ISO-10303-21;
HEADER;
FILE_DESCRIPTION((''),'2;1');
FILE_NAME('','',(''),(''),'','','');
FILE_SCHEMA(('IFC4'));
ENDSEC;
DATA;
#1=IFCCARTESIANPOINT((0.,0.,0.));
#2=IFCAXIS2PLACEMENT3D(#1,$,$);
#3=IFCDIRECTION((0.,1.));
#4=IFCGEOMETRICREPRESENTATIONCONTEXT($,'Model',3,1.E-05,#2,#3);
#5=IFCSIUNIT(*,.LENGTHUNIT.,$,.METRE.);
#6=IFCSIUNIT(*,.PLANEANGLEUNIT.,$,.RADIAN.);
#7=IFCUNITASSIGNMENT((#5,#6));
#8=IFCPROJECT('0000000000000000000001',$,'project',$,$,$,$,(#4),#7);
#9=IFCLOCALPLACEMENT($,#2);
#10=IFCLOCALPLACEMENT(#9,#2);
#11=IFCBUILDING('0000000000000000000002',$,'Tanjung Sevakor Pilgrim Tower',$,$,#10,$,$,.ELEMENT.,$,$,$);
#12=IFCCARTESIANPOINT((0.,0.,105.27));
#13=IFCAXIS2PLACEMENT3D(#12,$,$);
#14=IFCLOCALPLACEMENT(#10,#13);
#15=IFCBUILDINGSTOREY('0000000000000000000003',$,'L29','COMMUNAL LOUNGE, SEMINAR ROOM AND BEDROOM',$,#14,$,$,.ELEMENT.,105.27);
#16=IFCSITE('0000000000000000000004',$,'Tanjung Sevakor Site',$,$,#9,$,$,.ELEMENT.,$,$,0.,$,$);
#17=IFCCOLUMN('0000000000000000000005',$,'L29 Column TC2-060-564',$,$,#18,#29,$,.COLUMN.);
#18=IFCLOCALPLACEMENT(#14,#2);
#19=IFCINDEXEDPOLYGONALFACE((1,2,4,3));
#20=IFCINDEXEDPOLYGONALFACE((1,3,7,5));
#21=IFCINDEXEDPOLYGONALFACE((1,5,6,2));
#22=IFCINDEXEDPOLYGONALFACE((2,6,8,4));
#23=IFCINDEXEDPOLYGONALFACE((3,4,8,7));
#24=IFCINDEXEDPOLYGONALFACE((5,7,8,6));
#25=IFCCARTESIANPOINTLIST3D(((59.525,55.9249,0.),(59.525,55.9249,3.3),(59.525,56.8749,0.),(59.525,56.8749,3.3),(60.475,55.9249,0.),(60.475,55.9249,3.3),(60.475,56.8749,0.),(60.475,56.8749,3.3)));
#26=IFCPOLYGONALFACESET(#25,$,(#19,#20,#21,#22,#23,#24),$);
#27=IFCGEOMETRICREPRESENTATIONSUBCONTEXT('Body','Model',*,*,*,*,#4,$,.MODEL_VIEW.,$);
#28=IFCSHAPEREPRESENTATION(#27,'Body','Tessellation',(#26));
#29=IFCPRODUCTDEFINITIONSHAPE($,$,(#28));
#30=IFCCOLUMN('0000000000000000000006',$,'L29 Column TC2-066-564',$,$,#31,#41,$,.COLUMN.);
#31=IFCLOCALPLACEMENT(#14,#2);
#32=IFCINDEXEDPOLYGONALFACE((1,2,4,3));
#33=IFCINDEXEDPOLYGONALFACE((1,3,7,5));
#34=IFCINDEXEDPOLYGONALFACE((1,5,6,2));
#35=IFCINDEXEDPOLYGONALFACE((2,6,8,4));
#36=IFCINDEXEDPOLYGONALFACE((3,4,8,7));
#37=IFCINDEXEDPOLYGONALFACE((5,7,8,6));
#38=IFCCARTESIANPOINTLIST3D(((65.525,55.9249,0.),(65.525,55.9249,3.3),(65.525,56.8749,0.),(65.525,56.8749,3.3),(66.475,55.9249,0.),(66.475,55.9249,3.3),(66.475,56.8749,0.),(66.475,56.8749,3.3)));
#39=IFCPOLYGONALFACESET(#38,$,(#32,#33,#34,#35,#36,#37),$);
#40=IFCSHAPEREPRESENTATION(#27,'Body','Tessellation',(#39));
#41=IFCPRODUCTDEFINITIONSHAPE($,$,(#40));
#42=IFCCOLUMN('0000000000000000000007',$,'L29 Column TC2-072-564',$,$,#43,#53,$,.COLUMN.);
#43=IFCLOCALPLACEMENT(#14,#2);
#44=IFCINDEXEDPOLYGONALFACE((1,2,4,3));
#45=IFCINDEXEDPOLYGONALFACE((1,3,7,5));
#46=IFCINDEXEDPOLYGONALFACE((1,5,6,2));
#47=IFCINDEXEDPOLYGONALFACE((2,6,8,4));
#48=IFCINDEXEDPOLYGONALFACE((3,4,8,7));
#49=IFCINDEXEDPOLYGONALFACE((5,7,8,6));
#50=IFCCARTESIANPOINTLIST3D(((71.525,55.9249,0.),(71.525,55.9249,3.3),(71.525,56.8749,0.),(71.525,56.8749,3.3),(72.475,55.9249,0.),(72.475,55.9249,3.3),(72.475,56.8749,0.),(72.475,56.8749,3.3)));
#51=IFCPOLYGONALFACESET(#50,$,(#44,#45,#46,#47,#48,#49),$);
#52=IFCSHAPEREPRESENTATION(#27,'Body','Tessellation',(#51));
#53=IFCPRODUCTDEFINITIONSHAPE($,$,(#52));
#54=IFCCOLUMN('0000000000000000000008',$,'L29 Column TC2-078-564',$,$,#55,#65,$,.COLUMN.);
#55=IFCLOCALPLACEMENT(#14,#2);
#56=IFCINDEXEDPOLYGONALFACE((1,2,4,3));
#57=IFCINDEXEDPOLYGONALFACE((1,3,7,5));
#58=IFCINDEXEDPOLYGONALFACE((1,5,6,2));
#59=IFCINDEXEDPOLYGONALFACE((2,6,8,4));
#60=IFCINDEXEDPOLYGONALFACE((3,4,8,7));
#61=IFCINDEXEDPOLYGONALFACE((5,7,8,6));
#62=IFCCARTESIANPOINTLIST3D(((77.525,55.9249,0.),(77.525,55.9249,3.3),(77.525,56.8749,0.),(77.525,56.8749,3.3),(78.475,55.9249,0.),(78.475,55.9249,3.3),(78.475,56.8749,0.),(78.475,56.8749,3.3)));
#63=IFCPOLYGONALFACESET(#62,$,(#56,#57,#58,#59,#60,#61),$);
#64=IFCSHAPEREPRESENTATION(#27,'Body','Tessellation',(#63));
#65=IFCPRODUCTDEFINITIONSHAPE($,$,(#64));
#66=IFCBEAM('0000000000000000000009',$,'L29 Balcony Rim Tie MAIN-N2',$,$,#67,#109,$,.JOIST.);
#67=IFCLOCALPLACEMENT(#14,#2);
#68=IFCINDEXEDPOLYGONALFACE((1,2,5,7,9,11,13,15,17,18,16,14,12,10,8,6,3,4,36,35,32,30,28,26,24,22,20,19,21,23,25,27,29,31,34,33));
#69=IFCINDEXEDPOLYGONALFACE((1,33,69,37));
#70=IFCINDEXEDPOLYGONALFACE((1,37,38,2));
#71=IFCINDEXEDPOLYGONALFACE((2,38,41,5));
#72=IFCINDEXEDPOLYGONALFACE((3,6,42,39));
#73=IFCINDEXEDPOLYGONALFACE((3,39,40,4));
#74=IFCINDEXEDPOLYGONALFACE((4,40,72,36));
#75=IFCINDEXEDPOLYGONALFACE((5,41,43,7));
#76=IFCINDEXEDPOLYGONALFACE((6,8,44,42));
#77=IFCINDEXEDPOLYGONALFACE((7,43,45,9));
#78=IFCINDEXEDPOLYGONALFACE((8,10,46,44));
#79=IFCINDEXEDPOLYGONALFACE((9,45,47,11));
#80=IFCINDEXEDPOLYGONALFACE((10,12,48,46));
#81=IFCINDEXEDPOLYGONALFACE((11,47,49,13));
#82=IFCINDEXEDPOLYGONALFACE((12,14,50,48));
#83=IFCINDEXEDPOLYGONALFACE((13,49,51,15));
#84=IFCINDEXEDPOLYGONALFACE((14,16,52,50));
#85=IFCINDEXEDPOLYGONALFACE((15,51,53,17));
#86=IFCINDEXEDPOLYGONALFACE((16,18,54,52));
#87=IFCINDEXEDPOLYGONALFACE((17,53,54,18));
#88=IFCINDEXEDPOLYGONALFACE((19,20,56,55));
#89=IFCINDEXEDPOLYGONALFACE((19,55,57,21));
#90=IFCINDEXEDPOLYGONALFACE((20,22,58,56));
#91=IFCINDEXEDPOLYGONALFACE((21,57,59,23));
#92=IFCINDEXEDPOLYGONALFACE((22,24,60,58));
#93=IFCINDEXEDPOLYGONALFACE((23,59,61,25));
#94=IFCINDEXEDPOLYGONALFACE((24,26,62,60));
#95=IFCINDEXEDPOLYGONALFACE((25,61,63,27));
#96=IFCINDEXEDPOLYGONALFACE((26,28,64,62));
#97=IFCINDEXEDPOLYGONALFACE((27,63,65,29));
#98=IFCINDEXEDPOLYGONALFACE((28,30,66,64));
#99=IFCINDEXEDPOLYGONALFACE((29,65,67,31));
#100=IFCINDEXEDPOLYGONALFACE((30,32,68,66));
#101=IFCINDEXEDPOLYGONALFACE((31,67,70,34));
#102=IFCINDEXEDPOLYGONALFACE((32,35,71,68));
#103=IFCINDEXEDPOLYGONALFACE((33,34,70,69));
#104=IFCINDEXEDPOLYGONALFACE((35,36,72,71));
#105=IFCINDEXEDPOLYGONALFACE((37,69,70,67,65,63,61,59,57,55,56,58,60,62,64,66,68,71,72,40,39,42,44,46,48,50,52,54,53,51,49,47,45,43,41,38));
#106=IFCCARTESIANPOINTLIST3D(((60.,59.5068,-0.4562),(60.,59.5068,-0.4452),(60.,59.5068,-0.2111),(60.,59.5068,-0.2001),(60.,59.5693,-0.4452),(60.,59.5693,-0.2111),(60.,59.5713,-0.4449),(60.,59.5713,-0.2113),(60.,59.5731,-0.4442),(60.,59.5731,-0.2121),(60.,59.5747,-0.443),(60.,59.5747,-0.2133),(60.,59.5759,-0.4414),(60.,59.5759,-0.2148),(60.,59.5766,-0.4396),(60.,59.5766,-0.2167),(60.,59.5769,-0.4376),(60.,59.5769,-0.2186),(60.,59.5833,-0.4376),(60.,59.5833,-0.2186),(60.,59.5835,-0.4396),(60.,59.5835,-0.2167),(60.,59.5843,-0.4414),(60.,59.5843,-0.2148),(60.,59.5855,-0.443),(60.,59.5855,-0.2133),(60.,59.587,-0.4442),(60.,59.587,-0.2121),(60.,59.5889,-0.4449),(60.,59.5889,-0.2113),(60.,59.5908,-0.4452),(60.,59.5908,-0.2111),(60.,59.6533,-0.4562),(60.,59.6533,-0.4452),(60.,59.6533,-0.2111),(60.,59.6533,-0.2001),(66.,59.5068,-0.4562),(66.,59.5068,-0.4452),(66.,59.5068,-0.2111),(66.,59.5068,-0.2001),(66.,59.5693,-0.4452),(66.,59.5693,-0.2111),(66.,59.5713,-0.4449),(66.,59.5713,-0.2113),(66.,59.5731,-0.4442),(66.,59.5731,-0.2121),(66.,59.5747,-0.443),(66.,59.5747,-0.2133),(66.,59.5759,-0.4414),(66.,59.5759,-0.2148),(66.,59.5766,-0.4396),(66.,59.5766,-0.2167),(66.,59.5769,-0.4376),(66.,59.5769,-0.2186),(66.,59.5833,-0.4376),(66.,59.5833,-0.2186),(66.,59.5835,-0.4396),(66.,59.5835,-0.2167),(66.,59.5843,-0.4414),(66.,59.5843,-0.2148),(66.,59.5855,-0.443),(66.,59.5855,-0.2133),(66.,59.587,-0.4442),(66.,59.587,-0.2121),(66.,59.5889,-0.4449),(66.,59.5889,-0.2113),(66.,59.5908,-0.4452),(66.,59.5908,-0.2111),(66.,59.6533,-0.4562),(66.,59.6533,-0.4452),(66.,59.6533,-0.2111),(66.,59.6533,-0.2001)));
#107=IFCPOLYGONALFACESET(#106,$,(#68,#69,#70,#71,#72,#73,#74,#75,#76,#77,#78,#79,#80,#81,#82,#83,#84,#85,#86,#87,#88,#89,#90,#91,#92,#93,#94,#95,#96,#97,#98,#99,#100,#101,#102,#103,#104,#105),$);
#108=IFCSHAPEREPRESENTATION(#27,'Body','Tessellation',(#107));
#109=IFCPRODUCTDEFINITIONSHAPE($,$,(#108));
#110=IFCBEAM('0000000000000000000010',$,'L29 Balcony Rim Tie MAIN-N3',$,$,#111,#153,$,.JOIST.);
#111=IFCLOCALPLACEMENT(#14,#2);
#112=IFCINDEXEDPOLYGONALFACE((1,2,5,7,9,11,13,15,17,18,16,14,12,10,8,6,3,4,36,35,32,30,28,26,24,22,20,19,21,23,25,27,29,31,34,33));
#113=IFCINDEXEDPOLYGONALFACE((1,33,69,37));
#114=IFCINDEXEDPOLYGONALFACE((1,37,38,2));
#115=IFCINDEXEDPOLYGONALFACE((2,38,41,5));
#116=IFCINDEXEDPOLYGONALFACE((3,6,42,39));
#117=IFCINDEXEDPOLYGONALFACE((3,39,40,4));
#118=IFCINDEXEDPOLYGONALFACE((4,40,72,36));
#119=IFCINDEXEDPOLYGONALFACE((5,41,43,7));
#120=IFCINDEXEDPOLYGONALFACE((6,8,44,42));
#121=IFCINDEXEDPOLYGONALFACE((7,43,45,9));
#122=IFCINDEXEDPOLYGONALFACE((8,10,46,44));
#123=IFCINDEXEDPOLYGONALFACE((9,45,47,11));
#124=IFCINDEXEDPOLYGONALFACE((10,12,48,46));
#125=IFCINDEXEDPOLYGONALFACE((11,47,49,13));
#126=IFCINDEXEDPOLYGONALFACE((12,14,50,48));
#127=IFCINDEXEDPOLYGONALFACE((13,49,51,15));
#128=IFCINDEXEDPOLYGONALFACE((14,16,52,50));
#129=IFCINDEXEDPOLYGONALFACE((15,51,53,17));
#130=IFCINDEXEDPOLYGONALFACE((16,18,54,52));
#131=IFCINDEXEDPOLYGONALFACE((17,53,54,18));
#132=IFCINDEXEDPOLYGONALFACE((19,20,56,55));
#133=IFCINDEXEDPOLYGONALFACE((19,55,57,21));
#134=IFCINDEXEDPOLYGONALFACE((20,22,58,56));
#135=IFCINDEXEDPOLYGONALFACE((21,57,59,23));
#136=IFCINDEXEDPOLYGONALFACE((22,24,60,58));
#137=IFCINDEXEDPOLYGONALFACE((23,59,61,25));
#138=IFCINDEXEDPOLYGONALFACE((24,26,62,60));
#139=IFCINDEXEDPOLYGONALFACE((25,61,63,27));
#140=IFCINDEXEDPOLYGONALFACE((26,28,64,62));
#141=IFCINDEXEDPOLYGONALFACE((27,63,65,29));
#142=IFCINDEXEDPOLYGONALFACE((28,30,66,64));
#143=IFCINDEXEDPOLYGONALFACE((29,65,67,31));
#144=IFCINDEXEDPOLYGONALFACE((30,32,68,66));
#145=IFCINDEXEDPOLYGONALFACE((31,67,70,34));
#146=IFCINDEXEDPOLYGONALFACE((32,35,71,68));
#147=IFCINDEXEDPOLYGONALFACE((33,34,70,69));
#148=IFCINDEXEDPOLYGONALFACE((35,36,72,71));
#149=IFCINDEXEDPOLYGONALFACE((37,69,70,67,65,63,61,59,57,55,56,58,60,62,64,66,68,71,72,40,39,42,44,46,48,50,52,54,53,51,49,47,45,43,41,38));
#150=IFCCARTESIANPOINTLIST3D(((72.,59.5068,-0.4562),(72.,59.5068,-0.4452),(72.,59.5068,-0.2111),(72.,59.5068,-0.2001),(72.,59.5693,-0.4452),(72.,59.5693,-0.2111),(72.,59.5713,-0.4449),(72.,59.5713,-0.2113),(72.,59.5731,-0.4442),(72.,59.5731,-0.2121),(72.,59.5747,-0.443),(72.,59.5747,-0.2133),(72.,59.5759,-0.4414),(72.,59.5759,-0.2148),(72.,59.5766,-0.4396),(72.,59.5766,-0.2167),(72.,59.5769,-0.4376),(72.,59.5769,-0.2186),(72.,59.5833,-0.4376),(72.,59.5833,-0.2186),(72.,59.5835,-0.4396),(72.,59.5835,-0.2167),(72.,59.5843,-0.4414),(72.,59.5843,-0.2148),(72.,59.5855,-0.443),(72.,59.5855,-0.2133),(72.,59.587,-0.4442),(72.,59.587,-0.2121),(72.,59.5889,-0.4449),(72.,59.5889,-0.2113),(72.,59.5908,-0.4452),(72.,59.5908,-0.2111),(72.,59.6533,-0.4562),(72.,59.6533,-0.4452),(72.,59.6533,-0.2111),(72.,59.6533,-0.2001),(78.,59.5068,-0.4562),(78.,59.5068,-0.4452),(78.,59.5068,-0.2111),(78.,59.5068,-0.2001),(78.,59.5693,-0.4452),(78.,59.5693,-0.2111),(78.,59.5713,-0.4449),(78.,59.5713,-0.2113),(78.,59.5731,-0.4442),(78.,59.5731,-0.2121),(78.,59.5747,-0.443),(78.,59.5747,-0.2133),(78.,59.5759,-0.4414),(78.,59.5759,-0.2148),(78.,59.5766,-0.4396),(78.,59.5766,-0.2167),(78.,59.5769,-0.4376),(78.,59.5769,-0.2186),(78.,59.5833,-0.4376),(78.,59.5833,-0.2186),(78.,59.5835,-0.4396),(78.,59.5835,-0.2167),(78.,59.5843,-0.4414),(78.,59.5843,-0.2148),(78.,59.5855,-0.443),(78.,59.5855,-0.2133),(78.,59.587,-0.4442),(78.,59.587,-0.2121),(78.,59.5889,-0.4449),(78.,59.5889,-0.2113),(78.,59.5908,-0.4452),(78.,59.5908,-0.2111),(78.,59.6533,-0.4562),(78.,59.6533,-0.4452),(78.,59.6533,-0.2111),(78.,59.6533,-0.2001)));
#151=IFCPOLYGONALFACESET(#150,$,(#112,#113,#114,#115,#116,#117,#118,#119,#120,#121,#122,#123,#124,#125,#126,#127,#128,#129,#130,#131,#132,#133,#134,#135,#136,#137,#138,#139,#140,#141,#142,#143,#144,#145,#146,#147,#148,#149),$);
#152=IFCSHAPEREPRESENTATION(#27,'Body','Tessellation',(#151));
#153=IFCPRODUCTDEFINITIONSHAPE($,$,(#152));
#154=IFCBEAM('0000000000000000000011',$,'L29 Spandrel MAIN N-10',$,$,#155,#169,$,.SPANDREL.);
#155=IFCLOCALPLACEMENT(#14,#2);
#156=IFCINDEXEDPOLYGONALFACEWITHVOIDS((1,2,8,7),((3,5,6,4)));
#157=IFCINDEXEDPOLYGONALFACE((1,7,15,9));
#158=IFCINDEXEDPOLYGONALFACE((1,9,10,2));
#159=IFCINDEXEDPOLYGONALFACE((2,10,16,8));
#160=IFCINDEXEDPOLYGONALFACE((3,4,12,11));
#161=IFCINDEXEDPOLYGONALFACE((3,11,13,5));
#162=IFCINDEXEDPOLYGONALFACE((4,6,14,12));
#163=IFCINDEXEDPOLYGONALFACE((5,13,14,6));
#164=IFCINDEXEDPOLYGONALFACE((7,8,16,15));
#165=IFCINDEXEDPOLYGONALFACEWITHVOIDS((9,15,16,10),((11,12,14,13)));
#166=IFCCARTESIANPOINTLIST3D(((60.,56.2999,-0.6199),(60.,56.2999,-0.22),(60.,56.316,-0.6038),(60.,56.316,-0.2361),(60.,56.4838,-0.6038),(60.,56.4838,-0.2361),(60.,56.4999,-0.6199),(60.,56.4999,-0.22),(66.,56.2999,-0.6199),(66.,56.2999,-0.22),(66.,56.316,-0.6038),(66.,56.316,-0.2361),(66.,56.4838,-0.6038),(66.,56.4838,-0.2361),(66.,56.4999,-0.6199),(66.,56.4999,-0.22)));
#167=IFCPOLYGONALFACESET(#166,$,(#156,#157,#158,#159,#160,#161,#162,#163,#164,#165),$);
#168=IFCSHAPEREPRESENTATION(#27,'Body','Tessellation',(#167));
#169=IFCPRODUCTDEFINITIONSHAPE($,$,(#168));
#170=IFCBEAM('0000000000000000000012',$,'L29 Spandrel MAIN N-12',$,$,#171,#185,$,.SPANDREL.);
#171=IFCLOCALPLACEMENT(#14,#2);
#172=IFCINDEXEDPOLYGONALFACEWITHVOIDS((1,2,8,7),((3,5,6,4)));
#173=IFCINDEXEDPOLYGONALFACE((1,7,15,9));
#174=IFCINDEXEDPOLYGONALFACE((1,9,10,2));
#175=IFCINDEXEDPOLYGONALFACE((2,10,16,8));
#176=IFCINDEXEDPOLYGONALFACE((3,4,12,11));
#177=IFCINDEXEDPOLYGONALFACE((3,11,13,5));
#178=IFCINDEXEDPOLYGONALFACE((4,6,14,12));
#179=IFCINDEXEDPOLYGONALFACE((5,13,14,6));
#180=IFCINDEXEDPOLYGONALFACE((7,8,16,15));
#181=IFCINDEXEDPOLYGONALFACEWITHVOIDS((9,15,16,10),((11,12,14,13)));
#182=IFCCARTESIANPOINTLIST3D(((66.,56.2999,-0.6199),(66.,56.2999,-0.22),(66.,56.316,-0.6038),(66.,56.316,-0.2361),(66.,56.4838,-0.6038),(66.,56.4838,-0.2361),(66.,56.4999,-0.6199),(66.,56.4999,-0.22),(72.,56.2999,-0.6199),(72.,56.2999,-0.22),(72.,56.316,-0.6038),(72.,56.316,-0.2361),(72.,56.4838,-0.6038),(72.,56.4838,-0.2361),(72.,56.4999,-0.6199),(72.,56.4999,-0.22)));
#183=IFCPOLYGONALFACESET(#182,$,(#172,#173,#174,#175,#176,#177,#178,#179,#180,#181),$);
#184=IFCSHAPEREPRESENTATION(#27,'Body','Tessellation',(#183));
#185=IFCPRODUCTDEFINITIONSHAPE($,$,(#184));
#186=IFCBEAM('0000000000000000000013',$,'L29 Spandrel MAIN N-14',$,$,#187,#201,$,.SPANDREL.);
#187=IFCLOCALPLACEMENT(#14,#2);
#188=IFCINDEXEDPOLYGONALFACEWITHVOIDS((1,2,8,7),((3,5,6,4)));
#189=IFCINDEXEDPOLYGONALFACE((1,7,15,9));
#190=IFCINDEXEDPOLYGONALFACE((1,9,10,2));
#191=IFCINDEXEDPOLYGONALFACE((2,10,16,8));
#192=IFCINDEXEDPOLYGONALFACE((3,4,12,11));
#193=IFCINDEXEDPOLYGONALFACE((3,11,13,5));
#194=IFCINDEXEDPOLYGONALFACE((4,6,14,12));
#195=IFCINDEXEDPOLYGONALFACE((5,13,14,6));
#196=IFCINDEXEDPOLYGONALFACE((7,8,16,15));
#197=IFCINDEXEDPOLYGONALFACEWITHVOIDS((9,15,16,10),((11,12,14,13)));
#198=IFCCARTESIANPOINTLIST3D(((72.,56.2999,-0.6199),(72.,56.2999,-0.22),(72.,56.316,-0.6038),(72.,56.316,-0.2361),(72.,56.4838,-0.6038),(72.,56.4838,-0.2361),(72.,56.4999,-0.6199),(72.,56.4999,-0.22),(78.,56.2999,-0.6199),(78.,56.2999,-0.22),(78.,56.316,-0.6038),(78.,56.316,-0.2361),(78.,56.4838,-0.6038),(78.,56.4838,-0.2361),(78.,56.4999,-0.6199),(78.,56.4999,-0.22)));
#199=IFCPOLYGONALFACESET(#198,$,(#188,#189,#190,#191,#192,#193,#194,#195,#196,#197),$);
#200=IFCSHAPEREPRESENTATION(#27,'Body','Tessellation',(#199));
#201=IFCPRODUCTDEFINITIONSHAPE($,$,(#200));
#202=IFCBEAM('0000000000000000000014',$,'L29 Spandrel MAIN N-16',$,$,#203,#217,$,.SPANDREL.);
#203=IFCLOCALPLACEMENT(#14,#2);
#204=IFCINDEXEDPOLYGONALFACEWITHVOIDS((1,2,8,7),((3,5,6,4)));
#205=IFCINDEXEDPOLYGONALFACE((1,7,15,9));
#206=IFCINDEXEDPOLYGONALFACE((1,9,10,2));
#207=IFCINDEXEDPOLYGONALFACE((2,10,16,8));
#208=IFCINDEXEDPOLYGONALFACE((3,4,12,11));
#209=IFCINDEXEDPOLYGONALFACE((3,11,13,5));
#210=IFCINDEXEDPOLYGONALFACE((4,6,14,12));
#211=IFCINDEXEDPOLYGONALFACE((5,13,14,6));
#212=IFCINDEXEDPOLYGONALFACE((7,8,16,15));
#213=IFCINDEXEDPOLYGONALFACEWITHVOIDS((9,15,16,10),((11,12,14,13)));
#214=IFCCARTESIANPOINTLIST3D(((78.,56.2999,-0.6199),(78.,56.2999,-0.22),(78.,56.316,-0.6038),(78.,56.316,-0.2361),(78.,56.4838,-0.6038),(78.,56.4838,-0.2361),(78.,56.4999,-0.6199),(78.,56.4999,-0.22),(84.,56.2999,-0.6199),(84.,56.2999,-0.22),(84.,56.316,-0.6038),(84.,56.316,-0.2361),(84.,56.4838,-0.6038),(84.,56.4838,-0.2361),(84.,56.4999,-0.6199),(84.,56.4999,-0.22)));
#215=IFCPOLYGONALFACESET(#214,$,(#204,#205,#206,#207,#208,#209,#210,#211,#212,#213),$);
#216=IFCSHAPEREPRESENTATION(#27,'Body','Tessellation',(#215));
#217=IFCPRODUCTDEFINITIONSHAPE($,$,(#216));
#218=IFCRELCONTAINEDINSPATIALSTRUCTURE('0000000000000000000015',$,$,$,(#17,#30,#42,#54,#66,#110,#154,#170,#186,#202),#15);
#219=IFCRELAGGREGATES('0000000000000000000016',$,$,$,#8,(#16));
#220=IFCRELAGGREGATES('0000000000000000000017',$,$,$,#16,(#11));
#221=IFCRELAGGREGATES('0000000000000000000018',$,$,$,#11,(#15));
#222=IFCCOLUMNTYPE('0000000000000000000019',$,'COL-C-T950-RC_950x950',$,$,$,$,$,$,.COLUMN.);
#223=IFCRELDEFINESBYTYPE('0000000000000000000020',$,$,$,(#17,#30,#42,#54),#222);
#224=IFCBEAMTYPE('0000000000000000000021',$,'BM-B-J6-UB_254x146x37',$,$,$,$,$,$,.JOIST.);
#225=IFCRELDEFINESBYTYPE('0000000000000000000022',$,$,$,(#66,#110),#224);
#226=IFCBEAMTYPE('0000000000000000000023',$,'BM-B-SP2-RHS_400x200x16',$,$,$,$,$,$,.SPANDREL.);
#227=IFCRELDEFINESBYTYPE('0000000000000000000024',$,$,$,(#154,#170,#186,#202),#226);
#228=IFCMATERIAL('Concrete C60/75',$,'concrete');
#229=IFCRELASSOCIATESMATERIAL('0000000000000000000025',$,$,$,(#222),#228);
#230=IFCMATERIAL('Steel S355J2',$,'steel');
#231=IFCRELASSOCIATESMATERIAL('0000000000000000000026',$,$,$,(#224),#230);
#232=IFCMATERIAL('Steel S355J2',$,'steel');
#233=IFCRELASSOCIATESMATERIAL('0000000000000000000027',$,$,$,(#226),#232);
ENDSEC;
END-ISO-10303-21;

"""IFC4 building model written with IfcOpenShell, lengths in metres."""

from ifc_helpers import new_model, si_unit, direction, frame, origin, origin_2d, place, context, subcontext, project, spatial, rectangle, hollow_rectangle, i_section, extrude, material, material_profile, profile_set, type_object, element, save


model = new_model("IFC4")

# Units and contexts
model_context = context("Model", 3, precision=1e-05, world=origin(), true_north=direction((0.0, 1.0)))
body_context = subcontext(model_context, "Body", "Model", "MODEL_VIEW")
ifc_project = project(units=[si_unit("LENGTHUNIT", "METRE"), si_unit("PLANEANGLEUNIT", "RADIAN")], contexts=[model_context])

# Site, building, storey
site_placement = place(None, origin())
site = spatial("IfcSite", under=ifc_project, at=site_placement, Name="Tanjung Sevakor Site", CompositionType="ELEMENT", RefElevation=0.0)
building_placement = place(site_placement, origin())
building = spatial("IfcBuilding", under=site, at=building_placement, Name="Tanjung Sevakor Pilgrim Tower", CompositionType="ELEMENT")
storey_placement = place(building_placement, frame((0.0, 0.0, 105.27)))
storey = spatial("IfcBuildingStorey", under=building, at=storey_placement, Name="L29", Description="COMMUNAL LOUNGE, SEMINAR ROOM AND BEDROOM", CompositionType="ELEMENT", Elevation=105.27)

# Columns
ifc_material_1 = material(Name="Concrete C60/75", Category="concrete")
ifc_material_profile_1 = material_profile(ifc_material_1, rectangle(XDim=0.95, YDim=0.95, at=origin_2d()))
ifc_profile_set_1 = profile_set([ifc_material_profile_1], Name="Concrete C60/75")
column_type = type_object("IfcColumnType", Name="COL-C-T950-RC_950x950", PredefinedType="COLUMN", material=ifc_profile_set_1)
for number, where, z_axis, x_axis, name in (
    (1, (60.0, 56.3999, 0.0), (0.0, 0.0, 1.0), (1.0, 0.0, 0.0), "L29 Column TC2-060-564"),
    (2, (66.0, 56.3999, 0.0), (0.0, 0.0, 1.0), (1.0, 0.0, 0.0), "L29 Column TC2-066-564"),
    (3, (72.0, 56.3999, 0.0), (0.0, 0.0, 1.0), (1.0, 0.0, 0.0), "L29 Column TC2-072-564"),
    (4, (78.0, 56.3999, 0.0), (0.0, 0.0, 1.0), (1.0, 0.0, 0.0), "L29 Column TC2-078-564"),
):
    element("IfcColumn", number, at=place(storey_placement, frame(where, z_axis=z_axis, x_axis=x_axis)), inside=storey, type_object=column_type, Name=name, PredefinedType="COLUMN", context=body_context, shape_type="SweptSolid", body=[
        extrude(rectangle(XDim=0.95, YDim=0.95, at=origin_2d()), origin(), (0.0, 0.0, 1.0), 3.3),
    ])

# Beams
ifc_material_2 = material(Name="Steel S355J2", Category="steel")
ifc_material_profile_2 = material_profile(ifc_material_2, i_section(OverallWidth=0.1465, OverallDepth=0.2561, WebThickness=0.0063, FlangeThickness=0.011, FilletRadius=0.0076, at=origin_2d()))
ifc_profile_set_2 = profile_set([ifc_material_profile_2], Name="Steel S355J2")
beam_type_1 = type_object("IfcBeamType", Name="BM-B-J6-UB_254x146x37", PredefinedType="JOIST", material=ifc_profile_set_2)
for number, where, z_axis, x_axis, name in (
    (5, (60.0, 59.5801, -0.3281), (1.0, 0.0, 0.0), (0.0, 1.0, 0.0), "L29 Balcony Rim Tie MAIN-N2"),
    (6, (72.0, 59.5801, -0.3281), (1.0, 0.0, 0.0), (0.0, 1.0, 0.0), "L29 Balcony Rim Tie MAIN-N3"),
):
    element("IfcBeam", number, at=place(storey_placement, frame(where, z_axis=z_axis, x_axis=x_axis)), inside=storey, type_object=beam_type_1, Name=name, PredefinedType="JOIST", context=body_context, shape_type="SweptSolid", body=[
        extrude(i_section(OverallWidth=0.1465, OverallDepth=0.2561, WebThickness=0.0063, FlangeThickness=0.011, FilletRadius=0.0076, at=origin_2d()), origin(), (0.0, 0.0, 1.0), 6.0),
    ])
ifc_material_3 = material(Name="Steel S355J2", Category="steel")
ifc_material_profile_3 = material_profile(ifc_material_3, hollow_rectangle(XDim=0.2, YDim=0.3999, WallThickness=0.0161, at=origin_2d()))
ifc_profile_set_3 = profile_set([ifc_material_profile_3], Name="Steel S355J2")
beam_type_2 = type_object("IfcBeamType", Name="BM-B-SP2-RHS_400x200x16", PredefinedType="SPANDREL", material=ifc_profile_set_3)
for number, where, z_axis, x_axis, name in (
    (7, (60.0, 56.3999, -0.4199), (1.0, 0.0, 0.0), (0.0, 1.0, 0.0), "L29 Spandrel MAIN N-10"),
    (8, (66.0, 56.3999, -0.4199), (1.0, 0.0, 0.0), (0.0, 1.0, 0.0), "L29 Spandrel MAIN N-12"),
    (9, (72.0, 56.3999, -0.4199), (1.0, 0.0, 0.0), (0.0, 1.0, 0.0), "L29 Spandrel MAIN N-14"),
    (10, (78.0, 56.3999, -0.4199), (1.0, 0.0, 0.0), (0.0, 1.0, 0.0), "L29 Spandrel MAIN N-16"),
):
    element("IfcBeam", number, at=place(storey_placement, frame(where, z_axis=z_axis, x_axis=x_axis)), inside=storey, type_object=beam_type_2, Name=name, PredefinedType="SPANDREL", context=body_context, shape_type="SweptSolid", body=[
        extrude(hollow_rectangle(XDim=0.2, YDim=0.3999, WallThickness=0.0161, at=origin_2d()), origin(), (0.0, 0.0, 1.0), 6.0),
    ])

save(model, "model.ifc")
